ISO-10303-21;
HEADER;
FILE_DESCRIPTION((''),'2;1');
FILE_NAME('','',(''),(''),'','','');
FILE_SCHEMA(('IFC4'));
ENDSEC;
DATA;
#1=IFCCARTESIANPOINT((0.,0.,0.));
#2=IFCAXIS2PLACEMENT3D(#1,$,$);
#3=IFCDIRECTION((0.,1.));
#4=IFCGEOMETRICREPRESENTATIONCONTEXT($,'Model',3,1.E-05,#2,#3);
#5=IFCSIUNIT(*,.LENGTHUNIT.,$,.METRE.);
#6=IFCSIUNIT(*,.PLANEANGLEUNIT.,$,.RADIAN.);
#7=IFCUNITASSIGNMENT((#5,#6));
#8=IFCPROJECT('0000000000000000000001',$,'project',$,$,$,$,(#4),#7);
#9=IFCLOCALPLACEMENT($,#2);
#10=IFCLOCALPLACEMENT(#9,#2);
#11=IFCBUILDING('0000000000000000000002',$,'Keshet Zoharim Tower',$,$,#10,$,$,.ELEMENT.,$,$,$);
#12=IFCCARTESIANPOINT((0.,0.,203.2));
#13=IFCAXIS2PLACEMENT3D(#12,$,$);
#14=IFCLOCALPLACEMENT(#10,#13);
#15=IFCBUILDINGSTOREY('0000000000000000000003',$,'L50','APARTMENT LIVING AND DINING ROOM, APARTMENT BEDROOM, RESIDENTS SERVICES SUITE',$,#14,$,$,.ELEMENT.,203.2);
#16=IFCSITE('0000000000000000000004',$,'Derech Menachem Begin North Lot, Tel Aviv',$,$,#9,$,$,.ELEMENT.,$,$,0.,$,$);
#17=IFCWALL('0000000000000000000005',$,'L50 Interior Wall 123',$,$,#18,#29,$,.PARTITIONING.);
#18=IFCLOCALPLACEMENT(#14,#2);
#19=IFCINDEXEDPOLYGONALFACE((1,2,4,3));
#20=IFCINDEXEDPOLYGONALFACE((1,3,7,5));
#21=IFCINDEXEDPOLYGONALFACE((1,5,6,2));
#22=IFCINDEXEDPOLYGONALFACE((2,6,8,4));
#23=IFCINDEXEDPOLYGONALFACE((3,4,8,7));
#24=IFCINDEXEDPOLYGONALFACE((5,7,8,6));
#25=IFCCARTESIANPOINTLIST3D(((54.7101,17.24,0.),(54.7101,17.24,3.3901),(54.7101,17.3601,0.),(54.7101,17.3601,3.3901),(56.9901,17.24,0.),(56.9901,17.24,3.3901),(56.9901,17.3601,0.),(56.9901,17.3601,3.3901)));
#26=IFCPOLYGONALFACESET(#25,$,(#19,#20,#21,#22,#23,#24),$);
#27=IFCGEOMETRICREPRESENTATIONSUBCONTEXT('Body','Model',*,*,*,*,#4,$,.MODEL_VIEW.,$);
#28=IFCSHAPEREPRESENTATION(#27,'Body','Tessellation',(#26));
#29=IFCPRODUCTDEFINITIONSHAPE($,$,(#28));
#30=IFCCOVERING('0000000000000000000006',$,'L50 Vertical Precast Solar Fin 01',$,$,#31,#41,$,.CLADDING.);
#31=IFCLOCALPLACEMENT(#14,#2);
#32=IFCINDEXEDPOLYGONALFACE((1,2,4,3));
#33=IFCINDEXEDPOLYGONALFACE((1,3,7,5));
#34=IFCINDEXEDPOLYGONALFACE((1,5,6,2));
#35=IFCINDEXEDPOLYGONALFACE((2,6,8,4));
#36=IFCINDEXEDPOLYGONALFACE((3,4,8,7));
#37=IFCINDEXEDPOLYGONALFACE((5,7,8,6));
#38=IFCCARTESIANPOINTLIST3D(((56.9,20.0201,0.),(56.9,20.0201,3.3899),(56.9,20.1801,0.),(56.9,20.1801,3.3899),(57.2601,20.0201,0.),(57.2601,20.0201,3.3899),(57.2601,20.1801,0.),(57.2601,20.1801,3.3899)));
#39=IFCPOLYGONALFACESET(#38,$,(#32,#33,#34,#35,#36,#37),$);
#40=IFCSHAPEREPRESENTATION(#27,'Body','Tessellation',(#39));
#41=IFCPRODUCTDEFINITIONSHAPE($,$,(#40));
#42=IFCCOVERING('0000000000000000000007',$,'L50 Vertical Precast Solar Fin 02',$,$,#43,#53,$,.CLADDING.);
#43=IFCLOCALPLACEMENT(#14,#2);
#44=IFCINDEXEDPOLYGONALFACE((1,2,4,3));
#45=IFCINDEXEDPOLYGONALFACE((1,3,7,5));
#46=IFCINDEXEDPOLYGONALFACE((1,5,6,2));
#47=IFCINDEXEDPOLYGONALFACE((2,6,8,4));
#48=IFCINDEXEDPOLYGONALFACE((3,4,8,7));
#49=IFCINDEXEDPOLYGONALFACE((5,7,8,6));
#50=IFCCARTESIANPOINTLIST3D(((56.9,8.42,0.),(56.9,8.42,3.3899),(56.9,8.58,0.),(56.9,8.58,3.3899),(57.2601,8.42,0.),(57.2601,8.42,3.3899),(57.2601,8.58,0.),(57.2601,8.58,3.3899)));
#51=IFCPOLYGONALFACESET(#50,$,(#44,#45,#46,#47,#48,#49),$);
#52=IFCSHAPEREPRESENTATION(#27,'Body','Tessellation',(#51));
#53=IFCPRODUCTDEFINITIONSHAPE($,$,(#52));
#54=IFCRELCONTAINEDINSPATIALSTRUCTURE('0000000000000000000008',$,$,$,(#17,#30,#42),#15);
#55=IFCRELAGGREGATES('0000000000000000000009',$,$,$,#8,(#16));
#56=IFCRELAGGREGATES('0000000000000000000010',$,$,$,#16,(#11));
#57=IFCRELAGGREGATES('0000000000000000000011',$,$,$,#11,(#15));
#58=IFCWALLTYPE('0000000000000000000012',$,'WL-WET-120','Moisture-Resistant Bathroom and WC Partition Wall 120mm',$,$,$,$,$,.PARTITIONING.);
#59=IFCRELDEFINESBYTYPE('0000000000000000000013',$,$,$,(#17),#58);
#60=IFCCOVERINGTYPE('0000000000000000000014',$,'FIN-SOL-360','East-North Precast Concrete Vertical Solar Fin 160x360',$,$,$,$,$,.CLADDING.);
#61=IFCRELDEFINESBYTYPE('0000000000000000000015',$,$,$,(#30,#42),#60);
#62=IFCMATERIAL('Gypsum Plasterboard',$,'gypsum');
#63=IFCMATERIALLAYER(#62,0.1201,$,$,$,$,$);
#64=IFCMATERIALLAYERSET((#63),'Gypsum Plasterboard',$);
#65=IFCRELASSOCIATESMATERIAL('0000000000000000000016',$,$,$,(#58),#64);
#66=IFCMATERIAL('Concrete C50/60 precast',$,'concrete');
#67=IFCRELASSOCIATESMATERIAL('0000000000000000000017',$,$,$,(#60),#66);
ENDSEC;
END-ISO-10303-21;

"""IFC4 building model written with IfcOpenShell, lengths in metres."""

from ifc_helpers import new_model, si_unit, direction, frame, frame_2d, origin, origin_2d, place, context, subcontext, project, spatial, rectangle, extrude, material, layer, layer_set, type_object, element, save


model = new_model("IFC4")

# Units and contexts
model_context = context("Model", 3, precision=1e-05, world=origin(), true_north=direction((0.0, 1.0)))
body_context = subcontext(model_context, "Body", "Model", "MODEL_VIEW")
ifc_project = project(units=[si_unit("LENGTHUNIT", "METRE"), si_unit("PLANEANGLEUNIT", "RADIAN")], contexts=[model_context])

# Site, building, storey
site_placement = place(None, origin())
site = spatial("IfcSite", under=ifc_project, at=site_placement, Name="Derech Menachem Begin North Lot, Tel Aviv", CompositionType="ELEMENT", RefElevation=0.0)
building_placement = place(site_placement, origin())
building = spatial("IfcBuilding", under=site, at=building_placement, Name="Keshet Zoharim Tower", CompositionType="ELEMENT")
storey_placement = place(building_placement, frame((0.0, 0.0, 203.2)))
storey = spatial("IfcBuildingStorey", under=building, at=storey_placement, Name="L50", Description="APARTMENT LIVING AND DINING ROOM, APARTMENT BEDROOM, RESIDENTS SERVICES SUITE", CompositionType="ELEMENT", Elevation=203.2)

# Shared definitions
ifc_material_1 = material(Name="Gypsum Plasterboard", Category="gypsum")

# Shared definitions
ifc_layer_1 = layer(ifc_material_1, 0.1201)
ifc_layer_set_1 = layer_set([ifc_layer_1], Name="Gypsum Plasterboard")
wall_type_1 = type_object("IfcWallType", Name="WL-WET-120", Description="Moisture-Resistant Bathroom and WC Partition Wall 120mm", PredefinedType="PARTITIONING", material=ifc_layer_set_1)

# Wall
wall_1_placement = place(storey_placement, frame((54.71, 17.3, 0.0), z_axis=(0.0, 0.0, 1.0), x_axis=(1.0, 0.0, 0.0)))
element("IfcWall", 1, at=wall_1_placement, inside=storey, type_object=wall_type_1, Name="L50 Interior Wall 123", PredefinedType="PARTITIONING", context=body_context, shape_type="SweptSolid", body=[
    extrude(rectangle(XDim=2.28, YDim=0.1201, at=frame_2d((1.1401, 0.0))), origin(), (0.0, 0.0, 1.0), 3.3901),
])

# Coverings
ifc_material_2 = material(Name="Concrete C50/60 precast", Category="concrete")
covering_type = type_object("IfcCoveringType", Name="FIN-SOL-360", Description="East-North Precast Concrete Vertical Solar Fin 160x360", PredefinedType="CLADDING", material=ifc_material_2)
for number, where, z_axis, x_axis, name in (
    (2, (57.0801, 20.1001, 0.0), (0.0, 0.0, 1.0), (0.0, -1.0, 0.0), "L50 Vertical Precast Solar Fin 01"),
    (3, (57.0801, 8.5, 0.0), (0.0, 0.0, 1.0), (0.0, -1.0, 0.0), "L50 Vertical Precast Solar Fin 02"),
):
    element("IfcCovering", number, at=place(storey_placement, frame(where, z_axis=z_axis, x_axis=x_axis)), inside=storey, type_object=covering_type, Name=name, PredefinedType="CLADDING", context=body_context, shape_type="SweptSolid", body=[
        extrude(rectangle(XDim=0.1599, YDim=0.3601, at=origin_2d()), origin(), (0.0, 0.0, 1.0), 3.3899),
    ])

save(model, "model.ifc")
